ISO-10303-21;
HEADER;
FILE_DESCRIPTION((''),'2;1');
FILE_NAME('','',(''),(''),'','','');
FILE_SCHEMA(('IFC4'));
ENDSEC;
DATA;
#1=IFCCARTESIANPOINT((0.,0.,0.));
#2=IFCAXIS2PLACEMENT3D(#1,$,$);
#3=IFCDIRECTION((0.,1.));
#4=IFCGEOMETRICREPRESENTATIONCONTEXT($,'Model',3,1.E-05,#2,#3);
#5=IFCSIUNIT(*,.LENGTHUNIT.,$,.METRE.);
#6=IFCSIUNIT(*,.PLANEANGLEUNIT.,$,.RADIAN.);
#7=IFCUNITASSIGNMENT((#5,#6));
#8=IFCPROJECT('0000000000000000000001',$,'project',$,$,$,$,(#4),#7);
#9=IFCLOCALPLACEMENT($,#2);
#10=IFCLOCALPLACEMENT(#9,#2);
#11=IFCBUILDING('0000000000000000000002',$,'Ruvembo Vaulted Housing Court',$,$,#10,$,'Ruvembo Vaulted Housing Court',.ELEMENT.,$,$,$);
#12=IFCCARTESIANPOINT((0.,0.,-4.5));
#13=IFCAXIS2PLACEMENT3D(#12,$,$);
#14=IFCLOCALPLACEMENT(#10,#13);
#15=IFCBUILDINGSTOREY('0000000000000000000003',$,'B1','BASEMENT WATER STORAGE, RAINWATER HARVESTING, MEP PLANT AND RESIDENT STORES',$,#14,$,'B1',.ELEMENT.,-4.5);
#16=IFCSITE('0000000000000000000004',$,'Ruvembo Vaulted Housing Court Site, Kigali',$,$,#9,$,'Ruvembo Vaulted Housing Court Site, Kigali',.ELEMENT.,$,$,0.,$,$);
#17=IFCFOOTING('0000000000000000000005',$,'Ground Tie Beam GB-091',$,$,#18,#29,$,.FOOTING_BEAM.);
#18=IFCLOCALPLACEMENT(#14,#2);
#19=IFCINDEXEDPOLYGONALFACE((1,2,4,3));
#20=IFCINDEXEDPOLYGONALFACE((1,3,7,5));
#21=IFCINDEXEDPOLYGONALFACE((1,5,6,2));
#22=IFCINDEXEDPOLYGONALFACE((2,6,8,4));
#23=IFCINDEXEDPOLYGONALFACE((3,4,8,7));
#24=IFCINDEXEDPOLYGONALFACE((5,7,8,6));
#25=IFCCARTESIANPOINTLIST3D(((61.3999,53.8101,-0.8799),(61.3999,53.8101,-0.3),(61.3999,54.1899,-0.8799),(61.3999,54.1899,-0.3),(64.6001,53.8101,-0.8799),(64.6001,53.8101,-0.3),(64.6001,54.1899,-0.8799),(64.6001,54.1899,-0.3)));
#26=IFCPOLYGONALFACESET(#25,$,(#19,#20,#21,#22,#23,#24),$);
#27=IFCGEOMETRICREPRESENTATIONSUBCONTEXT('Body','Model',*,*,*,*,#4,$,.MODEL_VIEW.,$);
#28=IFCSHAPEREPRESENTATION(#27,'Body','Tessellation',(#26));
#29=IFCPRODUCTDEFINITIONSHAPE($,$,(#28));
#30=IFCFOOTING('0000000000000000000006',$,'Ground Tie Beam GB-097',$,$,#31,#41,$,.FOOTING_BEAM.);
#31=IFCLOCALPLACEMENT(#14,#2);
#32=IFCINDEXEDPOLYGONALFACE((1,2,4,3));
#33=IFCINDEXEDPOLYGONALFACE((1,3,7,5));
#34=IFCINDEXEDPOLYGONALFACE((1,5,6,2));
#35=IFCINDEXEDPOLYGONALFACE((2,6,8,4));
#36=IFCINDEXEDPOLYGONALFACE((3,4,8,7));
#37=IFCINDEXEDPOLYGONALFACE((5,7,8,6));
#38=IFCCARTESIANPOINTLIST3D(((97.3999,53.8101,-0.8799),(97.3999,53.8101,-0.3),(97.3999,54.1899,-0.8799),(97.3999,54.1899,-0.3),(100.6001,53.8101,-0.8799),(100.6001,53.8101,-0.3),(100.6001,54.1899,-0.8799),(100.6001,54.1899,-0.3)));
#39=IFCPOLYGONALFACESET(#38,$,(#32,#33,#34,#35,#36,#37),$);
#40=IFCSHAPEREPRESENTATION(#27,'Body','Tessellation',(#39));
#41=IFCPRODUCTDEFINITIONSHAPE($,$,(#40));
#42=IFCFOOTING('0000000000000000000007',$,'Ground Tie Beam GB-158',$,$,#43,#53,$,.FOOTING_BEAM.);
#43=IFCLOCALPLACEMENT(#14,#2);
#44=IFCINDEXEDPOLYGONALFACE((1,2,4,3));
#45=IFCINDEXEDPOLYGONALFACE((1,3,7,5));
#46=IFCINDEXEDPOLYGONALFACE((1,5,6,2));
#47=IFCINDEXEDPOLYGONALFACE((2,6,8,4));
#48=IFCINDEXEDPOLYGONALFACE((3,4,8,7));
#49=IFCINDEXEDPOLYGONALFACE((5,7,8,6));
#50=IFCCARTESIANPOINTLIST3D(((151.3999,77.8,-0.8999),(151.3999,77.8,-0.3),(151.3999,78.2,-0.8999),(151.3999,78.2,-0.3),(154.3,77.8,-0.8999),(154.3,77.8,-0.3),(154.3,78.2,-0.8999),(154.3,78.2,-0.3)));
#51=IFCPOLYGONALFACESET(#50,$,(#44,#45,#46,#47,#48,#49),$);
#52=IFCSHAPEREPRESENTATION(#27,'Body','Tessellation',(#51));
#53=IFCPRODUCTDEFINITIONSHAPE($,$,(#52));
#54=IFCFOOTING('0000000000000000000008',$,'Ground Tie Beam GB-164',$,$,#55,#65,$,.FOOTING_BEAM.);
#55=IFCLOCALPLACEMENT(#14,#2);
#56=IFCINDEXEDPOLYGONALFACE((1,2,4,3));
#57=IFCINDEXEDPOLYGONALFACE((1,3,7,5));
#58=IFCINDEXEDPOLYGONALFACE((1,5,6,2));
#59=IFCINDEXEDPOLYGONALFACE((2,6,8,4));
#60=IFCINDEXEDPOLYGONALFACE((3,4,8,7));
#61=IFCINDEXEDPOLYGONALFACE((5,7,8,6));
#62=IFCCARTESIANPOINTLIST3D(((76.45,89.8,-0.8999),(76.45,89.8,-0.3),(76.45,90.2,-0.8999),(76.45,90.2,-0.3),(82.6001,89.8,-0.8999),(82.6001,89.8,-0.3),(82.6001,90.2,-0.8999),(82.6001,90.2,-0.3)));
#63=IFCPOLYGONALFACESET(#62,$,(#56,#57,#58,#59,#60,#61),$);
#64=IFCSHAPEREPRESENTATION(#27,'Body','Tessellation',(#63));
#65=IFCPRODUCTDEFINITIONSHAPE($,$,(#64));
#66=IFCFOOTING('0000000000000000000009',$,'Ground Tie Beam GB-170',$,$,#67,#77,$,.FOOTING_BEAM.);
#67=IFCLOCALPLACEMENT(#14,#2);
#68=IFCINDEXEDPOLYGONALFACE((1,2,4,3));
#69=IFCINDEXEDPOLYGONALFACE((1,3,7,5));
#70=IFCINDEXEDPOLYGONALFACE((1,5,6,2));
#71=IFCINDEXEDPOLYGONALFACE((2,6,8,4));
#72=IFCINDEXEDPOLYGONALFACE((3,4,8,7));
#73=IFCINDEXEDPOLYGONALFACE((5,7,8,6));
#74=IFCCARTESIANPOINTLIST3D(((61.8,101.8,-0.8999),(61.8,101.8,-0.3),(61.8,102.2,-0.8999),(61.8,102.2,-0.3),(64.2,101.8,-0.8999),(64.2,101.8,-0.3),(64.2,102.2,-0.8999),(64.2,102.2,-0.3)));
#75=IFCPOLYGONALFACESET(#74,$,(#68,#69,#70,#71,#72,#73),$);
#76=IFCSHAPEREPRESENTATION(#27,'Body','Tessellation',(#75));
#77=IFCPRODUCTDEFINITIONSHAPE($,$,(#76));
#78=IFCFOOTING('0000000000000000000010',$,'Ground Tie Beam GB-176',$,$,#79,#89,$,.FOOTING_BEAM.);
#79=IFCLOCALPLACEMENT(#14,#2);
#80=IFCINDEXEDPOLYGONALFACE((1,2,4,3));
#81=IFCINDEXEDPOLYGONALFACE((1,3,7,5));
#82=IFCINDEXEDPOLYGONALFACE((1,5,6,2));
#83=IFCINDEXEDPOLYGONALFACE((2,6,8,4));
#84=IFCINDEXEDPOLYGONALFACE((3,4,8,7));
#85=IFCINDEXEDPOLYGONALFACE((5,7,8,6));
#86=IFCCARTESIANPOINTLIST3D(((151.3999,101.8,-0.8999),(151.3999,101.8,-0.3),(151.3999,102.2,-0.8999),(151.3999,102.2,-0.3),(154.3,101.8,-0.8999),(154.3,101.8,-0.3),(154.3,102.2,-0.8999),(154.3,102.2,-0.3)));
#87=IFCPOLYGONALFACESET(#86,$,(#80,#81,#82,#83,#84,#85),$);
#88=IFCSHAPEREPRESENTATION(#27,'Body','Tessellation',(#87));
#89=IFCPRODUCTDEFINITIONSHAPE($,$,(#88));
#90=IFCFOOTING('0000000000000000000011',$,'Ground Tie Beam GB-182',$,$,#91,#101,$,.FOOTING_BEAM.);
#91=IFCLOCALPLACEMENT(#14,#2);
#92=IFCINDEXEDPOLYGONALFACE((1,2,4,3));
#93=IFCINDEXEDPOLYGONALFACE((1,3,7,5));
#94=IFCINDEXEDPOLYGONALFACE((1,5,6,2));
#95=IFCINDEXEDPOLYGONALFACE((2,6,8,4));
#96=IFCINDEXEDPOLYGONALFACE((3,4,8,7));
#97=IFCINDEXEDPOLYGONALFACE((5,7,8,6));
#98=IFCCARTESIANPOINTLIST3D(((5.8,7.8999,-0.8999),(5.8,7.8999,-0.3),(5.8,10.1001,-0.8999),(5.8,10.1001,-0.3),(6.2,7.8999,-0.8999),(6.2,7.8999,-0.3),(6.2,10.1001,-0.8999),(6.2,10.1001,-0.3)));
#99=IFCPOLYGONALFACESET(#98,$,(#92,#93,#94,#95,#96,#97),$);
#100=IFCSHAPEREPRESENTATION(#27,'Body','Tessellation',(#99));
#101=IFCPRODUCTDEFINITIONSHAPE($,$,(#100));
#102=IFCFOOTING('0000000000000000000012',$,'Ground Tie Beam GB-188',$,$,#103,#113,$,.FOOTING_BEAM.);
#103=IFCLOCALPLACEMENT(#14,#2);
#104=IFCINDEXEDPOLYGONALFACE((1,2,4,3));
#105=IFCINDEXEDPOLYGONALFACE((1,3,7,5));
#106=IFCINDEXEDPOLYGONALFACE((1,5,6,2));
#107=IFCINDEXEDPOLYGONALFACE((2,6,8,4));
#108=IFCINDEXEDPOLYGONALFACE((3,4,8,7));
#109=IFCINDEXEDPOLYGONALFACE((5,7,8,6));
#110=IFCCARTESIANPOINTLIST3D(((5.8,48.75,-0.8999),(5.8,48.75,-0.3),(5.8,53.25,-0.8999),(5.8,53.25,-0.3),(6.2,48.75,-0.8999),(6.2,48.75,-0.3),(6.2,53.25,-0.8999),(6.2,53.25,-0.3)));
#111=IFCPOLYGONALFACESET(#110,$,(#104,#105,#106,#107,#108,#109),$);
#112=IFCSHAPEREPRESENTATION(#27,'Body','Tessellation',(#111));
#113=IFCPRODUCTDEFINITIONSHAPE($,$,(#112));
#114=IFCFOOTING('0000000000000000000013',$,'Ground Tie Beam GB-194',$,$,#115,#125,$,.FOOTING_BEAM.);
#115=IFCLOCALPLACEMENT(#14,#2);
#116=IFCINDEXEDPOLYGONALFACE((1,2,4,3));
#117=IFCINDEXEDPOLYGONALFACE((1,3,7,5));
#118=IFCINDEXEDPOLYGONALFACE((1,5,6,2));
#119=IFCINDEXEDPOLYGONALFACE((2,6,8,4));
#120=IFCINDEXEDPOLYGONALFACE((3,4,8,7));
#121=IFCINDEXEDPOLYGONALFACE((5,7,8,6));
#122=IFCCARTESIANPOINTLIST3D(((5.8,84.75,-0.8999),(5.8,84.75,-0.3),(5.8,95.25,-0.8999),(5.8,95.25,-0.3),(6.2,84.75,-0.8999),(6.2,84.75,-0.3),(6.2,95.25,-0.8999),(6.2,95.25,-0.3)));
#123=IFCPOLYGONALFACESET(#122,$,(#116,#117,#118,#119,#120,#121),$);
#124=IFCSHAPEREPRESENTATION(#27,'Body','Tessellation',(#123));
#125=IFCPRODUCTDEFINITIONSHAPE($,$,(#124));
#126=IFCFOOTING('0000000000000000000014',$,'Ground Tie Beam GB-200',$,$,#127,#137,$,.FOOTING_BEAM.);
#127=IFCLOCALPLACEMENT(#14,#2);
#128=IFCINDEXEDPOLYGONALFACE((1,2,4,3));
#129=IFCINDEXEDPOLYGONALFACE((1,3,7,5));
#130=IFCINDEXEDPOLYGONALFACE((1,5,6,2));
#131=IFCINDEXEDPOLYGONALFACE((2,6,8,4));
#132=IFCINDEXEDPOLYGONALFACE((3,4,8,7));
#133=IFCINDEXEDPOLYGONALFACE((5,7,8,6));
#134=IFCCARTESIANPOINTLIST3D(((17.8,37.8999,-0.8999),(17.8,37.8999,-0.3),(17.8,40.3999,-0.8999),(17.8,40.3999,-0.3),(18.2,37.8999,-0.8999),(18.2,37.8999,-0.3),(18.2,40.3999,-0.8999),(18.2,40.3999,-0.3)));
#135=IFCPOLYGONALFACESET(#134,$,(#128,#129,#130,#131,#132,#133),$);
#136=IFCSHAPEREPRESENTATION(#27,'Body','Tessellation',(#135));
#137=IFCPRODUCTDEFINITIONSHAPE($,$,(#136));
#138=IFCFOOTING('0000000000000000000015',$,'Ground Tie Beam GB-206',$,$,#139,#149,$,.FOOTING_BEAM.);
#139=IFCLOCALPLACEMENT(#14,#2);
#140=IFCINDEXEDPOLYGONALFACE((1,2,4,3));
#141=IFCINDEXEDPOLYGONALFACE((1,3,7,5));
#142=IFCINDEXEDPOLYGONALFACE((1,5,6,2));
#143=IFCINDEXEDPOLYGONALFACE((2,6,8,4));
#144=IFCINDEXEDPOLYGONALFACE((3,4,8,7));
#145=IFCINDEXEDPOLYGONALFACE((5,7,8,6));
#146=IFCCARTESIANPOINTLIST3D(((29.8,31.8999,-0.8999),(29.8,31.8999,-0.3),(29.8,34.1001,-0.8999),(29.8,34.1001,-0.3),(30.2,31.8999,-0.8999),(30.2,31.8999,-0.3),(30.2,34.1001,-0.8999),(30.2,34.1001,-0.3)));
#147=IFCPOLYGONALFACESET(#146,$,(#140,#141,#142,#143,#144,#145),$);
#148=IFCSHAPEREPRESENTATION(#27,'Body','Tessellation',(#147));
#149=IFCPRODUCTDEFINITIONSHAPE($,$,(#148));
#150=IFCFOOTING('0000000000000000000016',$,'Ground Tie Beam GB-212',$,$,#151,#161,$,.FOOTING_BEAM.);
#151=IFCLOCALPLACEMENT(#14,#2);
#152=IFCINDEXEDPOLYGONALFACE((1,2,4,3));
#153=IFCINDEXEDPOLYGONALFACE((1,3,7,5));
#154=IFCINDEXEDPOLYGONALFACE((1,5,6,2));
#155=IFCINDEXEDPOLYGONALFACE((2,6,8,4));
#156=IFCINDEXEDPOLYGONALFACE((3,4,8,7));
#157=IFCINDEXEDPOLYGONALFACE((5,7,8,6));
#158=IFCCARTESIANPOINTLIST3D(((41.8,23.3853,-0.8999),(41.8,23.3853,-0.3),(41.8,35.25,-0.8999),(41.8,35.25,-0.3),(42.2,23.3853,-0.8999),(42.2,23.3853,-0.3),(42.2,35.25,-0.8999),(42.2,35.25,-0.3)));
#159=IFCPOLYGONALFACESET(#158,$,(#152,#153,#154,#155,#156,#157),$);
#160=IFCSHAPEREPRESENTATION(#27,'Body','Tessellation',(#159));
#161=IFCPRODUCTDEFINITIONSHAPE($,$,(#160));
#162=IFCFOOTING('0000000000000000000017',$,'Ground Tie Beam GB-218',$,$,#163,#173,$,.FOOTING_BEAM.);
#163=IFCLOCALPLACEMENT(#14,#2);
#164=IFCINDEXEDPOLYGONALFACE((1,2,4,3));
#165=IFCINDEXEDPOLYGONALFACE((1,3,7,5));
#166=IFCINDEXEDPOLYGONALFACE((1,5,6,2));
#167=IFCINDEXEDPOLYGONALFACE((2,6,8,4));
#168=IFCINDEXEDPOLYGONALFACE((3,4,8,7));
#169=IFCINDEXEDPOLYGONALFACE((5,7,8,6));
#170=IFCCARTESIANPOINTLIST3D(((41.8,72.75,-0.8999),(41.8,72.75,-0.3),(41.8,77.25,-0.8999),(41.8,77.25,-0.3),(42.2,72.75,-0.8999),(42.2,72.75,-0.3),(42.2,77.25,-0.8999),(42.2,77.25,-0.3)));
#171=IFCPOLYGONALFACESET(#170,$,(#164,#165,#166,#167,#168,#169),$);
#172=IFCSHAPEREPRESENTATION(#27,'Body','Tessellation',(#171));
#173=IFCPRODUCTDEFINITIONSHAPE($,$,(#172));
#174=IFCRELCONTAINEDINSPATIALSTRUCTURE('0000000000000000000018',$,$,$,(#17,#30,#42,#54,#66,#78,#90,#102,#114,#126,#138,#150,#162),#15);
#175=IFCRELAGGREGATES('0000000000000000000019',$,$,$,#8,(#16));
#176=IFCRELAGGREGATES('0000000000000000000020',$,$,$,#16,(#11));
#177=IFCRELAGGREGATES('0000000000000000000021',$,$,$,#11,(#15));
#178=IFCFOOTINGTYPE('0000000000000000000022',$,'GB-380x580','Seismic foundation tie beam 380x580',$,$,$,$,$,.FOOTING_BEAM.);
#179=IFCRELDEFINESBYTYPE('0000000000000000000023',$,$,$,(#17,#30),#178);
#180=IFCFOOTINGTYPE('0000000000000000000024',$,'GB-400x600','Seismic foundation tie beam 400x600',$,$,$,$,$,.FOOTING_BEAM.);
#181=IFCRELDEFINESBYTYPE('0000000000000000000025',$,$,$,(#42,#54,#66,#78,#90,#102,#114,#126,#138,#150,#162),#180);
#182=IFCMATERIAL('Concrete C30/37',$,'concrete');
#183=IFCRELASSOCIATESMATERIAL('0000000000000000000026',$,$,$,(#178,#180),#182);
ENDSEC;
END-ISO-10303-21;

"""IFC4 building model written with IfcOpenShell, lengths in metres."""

from ifc_helpers import new_model, si_unit, direction, frame, origin, place, context, subcontext, project, spatial, polyline, outline, extrude, material, type_object, element, save


model = new_model("IFC4")

# Units and contexts
model_context = context("Model", 3, precision=1e-05, world=origin(), true_north=direction((0.0, 1.0)))
body_context = subcontext(model_context, "Body", "Model", "MODEL_VIEW")
ifc_project = project(units=[si_unit("LENGTHUNIT", "METRE"), si_unit("PLANEANGLEUNIT", "RADIAN")], contexts=[model_context])

# Site, building, storey
site_placement = place(None, origin())
site = spatial("IfcSite", under=ifc_project, at=site_placement, Name="Ruvembo Vaulted Housing Court Site, Kigali", LongName="Ruvembo Vaulted Housing Court Site, Kigali", CompositionType="ELEMENT", RefElevation=0.0)
building_placement = place(site_placement, origin())
building = spatial("IfcBuilding", under=site, at=building_placement, Name="Ruvembo Vaulted Housing Court", LongName="Ruvembo Vaulted Housing Court", CompositionType="ELEMENT")
storey_placement = place(building_placement, frame((0.0, 0.0, -4.5)))
storey = spatial("IfcBuildingStorey", under=building, at=storey_placement, Name="B1", Description="BASEMENT WATER STORAGE, RAINWATER HARVESTING, MEP PLANT AND RESIDENT STORES", LongName="B1", CompositionType="ELEMENT", Elevation=-4.5)

# Footings
ifc_material = material(Name="Concrete C30/37", Category="concrete")
footing_type_1 = type_object("IfcFootingType", Name="GB-380x580", Description="Seismic foundation tie beam 380x580", PredefinedType="FOOTING_BEAM", material=ifc_material)
footing_1_placement = place(storey_placement, frame((0.0, 0.0, -0.8799)))
element("IfcFooting", 1, at=footing_1_placement, inside=storey, type_object=footing_type_1, Name="Ground Tie Beam GB-091", PredefinedType="FOOTING_BEAM", context=body_context, shape_type="SweptSolid", body=[
    extrude(outline(polyline([(61.3999, 53.8101), (64.6001, 53.8101), (64.6001, 54.1899), (61.3999, 54.1899), (61.3999, 53.8101)])), origin(), (0.0, 0.0, 1.0), 0.5798),
])
footing_2_placement = place(storey_placement, frame((0.0, 0.0, -0.8799)))
element("IfcFooting", 2, at=footing_2_placement, inside=storey, type_object=footing_type_1, Name="Ground Tie Beam GB-097", PredefinedType="FOOTING_BEAM", context=body_context, shape_type="SweptSolid", body=[
    extrude(outline(polyline([(97.3999, 53.8101), (100.6001, 53.8101), (100.6001, 54.1899), (97.3999, 54.1899), (97.3999, 53.8101)])), origin(), (0.0, 0.0, 1.0), 0.5798),
])
footing_type_2 = type_object("IfcFootingType", Name="GB-400x600", Description="Seismic foundation tie beam 400x600", PredefinedType="FOOTING_BEAM", material=ifc_material)
footing_3_placement = place(storey_placement, frame((0.0, 0.0, -0.8999)))
element("IfcFooting", 3, at=footing_3_placement, inside=storey, type_object=footing_type_2, Name="Ground Tie Beam GB-158", PredefinedType="FOOTING_BEAM", context=body_context, shape_type="SweptSolid", body=[
    extrude(outline(polyline([(151.3999, 77.8), (154.3, 77.8), (154.3, 78.2), (151.3999, 78.2), (151.3999, 77.8)])), origin(), (0.0, 0.0, 1.0), 0.5999),
])
footing_4_placement = place(storey_placement, frame((0.0, 0.0, -0.8999)))
element("IfcFooting", 4, at=footing_4_placement, inside=storey, type_object=footing_type_2, Name="Ground Tie Beam GB-164", PredefinedType="FOOTING_BEAM", context=body_context, shape_type="SweptSolid", body=[
    extrude(outline(polyline([(76.45, 89.8), (82.6001, 89.8), (82.6001, 90.2), (76.45, 90.2), (76.45, 89.8)])), origin(), (0.0, 0.0, 1.0), 0.5999),
])
footing_5_placement = place(storey_placement, frame((0.0, 0.0, -0.8999)))
element("IfcFooting", 5, at=footing_5_placement, inside=storey, type_object=footing_type_2, Name="Ground Tie Beam GB-170", PredefinedType="FOOTING_BEAM", context=body_context, shape_type="SweptSolid", body=[
    extrude(outline(polyline([(61.8, 101.8), (64.2, 101.8), (64.2, 102.2), (61.8, 102.2), (61.8, 101.8)])), origin(), (0.0, 0.0, 1.0), 0.5999),
])
footing_6_placement = place(storey_placement, frame((0.0, 0.0, -0.8999)))
element("IfcFooting", 6, at=footing_6_placement, inside=storey, type_object=footing_type_2, Name="Ground Tie Beam GB-176", PredefinedType="FOOTING_BEAM", context=body_context, shape_type="SweptSolid", body=[
    extrude(outline(polyline([(151.3999, 101.8), (154.3, 101.8), (154.3, 102.2), (151.3999, 102.2), (151.3999, 101.8)])), origin(), (0.0, 0.0, 1.0), 0.5999),
])
footing_7_placement = place(storey_placement, frame((0.0, 0.0, -0.8999)))
element("IfcFooting", 7, at=footing_7_placement, inside=storey, type_object=footing_type_2, Name="Ground Tie Beam GB-182", PredefinedType="FOOTING_BEAM", context=body_context, shape_type="SweptSolid", body=[
    extrude(outline(polyline([(5.8, 7.8999), (6.2, 7.8999), (6.2, 10.1001), (5.8, 10.1001), (5.8, 7.8999)])), origin(), (0.0, 0.0, 1.0), 0.5999),
])
footing_8_placement = place(storey_placement, frame((0.0, 0.0, -0.8999)))
element("IfcFooting", 8, at=footing_8_placement, inside=storey, type_object=footing_type_2, Name="Ground Tie Beam GB-188", PredefinedType="FOOTING_BEAM", context=body_context, shape_type="SweptSolid", body=[
    extrude(outline(polyline([(5.8, 48.75), (6.2, 48.75), (6.2, 53.25), (5.8, 53.25), (5.8, 48.75)])), origin(), (0.0, 0.0, 1.0), 0.5999),
])
footing_9_placement = place(storey_placement, frame((0.0, 0.0, -0.8999)))
element("IfcFooting", 9, at=footing_9_placement, inside=storey, type_object=footing_type_2, Name="Ground Tie Beam GB-194", PredefinedType="FOOTING_BEAM", context=body_context, shape_type="SweptSolid", body=[
    extrude(outline(polyline([(5.8, 84.75), (6.2, 84.75), (6.2, 95.25), (5.8, 95.25), (5.8, 84.75)])), origin(), (0.0, 0.0, 1.0), 0.5999),
])
footing_10_placement = place(storey_placement, frame((0.0, 0.0, -0.8999)))
element("IfcFooting", 10, at=footing_10_placement, inside=storey, type_object=footing_type_2, Name="Ground Tie Beam GB-200", PredefinedType="FOOTING_BEAM", context=body_context, shape_type="SweptSolid", body=[
    extrude(outline(polyline([(17.8, 37.8999), (18.2, 37.8999), (18.2, 40.3999), (17.8, 40.3999), (17.8, 37.8999)])), origin(), (0.0, 0.0, 1.0), 0.5999),
])
footing_11_placement = place(storey_placement, frame((0.0, 0.0, -0.8999)))
element("IfcFooting", 11, at=footing_11_placement, inside=storey, type_object=footing_type_2, Name="Ground Tie Beam GB-206", PredefinedType="FOOTING_BEAM", context=body_context, shape_type="SweptSolid", body=[
    extrude(outline(polyline([(29.8, 31.8999), (30.2, 31.8999), (30.2, 34.1001), (29.8, 34.1001), (29.8, 31.8999)])), origin(), (0.0, 0.0, 1.0), 0.5999),
])
footing_12_placement = place(storey_placement, frame((0.0, 0.0, -0.8999)))
element("IfcFooting", 12, at=footing_12_placement, inside=storey, type_object=footing_type_2, Name="Ground Tie Beam GB-212", PredefinedType="FOOTING_BEAM", context=body_context, shape_type="SweptSolid", body=[
    extrude(outline(polyline([(41.8, 23.3853), (42.2, 23.3853), (42.2, 35.25), (41.8, 35.25), (41.8, 23.3853)])), origin(), (0.0, 0.0, 1.0), 0.5999),
])
footing_13_placement = place(storey_placement, frame((0.0, 0.0, -0.8999)))
element("IfcFooting", 13, at=footing_13_placement, inside=storey, type_object=footing_type_2, Name="Ground Tie Beam GB-218", PredefinedType="FOOTING_BEAM", context=body_context, shape_type="SweptSolid", body=[
    extrude(outline(polyline([(41.8, 72.75), (42.2, 72.75), (42.2, 77.25), (41.8, 77.25), (41.8, 72.75)])), origin(), (0.0, 0.0, 1.0), 0.5999),
])

save(model, "model.ifc")
